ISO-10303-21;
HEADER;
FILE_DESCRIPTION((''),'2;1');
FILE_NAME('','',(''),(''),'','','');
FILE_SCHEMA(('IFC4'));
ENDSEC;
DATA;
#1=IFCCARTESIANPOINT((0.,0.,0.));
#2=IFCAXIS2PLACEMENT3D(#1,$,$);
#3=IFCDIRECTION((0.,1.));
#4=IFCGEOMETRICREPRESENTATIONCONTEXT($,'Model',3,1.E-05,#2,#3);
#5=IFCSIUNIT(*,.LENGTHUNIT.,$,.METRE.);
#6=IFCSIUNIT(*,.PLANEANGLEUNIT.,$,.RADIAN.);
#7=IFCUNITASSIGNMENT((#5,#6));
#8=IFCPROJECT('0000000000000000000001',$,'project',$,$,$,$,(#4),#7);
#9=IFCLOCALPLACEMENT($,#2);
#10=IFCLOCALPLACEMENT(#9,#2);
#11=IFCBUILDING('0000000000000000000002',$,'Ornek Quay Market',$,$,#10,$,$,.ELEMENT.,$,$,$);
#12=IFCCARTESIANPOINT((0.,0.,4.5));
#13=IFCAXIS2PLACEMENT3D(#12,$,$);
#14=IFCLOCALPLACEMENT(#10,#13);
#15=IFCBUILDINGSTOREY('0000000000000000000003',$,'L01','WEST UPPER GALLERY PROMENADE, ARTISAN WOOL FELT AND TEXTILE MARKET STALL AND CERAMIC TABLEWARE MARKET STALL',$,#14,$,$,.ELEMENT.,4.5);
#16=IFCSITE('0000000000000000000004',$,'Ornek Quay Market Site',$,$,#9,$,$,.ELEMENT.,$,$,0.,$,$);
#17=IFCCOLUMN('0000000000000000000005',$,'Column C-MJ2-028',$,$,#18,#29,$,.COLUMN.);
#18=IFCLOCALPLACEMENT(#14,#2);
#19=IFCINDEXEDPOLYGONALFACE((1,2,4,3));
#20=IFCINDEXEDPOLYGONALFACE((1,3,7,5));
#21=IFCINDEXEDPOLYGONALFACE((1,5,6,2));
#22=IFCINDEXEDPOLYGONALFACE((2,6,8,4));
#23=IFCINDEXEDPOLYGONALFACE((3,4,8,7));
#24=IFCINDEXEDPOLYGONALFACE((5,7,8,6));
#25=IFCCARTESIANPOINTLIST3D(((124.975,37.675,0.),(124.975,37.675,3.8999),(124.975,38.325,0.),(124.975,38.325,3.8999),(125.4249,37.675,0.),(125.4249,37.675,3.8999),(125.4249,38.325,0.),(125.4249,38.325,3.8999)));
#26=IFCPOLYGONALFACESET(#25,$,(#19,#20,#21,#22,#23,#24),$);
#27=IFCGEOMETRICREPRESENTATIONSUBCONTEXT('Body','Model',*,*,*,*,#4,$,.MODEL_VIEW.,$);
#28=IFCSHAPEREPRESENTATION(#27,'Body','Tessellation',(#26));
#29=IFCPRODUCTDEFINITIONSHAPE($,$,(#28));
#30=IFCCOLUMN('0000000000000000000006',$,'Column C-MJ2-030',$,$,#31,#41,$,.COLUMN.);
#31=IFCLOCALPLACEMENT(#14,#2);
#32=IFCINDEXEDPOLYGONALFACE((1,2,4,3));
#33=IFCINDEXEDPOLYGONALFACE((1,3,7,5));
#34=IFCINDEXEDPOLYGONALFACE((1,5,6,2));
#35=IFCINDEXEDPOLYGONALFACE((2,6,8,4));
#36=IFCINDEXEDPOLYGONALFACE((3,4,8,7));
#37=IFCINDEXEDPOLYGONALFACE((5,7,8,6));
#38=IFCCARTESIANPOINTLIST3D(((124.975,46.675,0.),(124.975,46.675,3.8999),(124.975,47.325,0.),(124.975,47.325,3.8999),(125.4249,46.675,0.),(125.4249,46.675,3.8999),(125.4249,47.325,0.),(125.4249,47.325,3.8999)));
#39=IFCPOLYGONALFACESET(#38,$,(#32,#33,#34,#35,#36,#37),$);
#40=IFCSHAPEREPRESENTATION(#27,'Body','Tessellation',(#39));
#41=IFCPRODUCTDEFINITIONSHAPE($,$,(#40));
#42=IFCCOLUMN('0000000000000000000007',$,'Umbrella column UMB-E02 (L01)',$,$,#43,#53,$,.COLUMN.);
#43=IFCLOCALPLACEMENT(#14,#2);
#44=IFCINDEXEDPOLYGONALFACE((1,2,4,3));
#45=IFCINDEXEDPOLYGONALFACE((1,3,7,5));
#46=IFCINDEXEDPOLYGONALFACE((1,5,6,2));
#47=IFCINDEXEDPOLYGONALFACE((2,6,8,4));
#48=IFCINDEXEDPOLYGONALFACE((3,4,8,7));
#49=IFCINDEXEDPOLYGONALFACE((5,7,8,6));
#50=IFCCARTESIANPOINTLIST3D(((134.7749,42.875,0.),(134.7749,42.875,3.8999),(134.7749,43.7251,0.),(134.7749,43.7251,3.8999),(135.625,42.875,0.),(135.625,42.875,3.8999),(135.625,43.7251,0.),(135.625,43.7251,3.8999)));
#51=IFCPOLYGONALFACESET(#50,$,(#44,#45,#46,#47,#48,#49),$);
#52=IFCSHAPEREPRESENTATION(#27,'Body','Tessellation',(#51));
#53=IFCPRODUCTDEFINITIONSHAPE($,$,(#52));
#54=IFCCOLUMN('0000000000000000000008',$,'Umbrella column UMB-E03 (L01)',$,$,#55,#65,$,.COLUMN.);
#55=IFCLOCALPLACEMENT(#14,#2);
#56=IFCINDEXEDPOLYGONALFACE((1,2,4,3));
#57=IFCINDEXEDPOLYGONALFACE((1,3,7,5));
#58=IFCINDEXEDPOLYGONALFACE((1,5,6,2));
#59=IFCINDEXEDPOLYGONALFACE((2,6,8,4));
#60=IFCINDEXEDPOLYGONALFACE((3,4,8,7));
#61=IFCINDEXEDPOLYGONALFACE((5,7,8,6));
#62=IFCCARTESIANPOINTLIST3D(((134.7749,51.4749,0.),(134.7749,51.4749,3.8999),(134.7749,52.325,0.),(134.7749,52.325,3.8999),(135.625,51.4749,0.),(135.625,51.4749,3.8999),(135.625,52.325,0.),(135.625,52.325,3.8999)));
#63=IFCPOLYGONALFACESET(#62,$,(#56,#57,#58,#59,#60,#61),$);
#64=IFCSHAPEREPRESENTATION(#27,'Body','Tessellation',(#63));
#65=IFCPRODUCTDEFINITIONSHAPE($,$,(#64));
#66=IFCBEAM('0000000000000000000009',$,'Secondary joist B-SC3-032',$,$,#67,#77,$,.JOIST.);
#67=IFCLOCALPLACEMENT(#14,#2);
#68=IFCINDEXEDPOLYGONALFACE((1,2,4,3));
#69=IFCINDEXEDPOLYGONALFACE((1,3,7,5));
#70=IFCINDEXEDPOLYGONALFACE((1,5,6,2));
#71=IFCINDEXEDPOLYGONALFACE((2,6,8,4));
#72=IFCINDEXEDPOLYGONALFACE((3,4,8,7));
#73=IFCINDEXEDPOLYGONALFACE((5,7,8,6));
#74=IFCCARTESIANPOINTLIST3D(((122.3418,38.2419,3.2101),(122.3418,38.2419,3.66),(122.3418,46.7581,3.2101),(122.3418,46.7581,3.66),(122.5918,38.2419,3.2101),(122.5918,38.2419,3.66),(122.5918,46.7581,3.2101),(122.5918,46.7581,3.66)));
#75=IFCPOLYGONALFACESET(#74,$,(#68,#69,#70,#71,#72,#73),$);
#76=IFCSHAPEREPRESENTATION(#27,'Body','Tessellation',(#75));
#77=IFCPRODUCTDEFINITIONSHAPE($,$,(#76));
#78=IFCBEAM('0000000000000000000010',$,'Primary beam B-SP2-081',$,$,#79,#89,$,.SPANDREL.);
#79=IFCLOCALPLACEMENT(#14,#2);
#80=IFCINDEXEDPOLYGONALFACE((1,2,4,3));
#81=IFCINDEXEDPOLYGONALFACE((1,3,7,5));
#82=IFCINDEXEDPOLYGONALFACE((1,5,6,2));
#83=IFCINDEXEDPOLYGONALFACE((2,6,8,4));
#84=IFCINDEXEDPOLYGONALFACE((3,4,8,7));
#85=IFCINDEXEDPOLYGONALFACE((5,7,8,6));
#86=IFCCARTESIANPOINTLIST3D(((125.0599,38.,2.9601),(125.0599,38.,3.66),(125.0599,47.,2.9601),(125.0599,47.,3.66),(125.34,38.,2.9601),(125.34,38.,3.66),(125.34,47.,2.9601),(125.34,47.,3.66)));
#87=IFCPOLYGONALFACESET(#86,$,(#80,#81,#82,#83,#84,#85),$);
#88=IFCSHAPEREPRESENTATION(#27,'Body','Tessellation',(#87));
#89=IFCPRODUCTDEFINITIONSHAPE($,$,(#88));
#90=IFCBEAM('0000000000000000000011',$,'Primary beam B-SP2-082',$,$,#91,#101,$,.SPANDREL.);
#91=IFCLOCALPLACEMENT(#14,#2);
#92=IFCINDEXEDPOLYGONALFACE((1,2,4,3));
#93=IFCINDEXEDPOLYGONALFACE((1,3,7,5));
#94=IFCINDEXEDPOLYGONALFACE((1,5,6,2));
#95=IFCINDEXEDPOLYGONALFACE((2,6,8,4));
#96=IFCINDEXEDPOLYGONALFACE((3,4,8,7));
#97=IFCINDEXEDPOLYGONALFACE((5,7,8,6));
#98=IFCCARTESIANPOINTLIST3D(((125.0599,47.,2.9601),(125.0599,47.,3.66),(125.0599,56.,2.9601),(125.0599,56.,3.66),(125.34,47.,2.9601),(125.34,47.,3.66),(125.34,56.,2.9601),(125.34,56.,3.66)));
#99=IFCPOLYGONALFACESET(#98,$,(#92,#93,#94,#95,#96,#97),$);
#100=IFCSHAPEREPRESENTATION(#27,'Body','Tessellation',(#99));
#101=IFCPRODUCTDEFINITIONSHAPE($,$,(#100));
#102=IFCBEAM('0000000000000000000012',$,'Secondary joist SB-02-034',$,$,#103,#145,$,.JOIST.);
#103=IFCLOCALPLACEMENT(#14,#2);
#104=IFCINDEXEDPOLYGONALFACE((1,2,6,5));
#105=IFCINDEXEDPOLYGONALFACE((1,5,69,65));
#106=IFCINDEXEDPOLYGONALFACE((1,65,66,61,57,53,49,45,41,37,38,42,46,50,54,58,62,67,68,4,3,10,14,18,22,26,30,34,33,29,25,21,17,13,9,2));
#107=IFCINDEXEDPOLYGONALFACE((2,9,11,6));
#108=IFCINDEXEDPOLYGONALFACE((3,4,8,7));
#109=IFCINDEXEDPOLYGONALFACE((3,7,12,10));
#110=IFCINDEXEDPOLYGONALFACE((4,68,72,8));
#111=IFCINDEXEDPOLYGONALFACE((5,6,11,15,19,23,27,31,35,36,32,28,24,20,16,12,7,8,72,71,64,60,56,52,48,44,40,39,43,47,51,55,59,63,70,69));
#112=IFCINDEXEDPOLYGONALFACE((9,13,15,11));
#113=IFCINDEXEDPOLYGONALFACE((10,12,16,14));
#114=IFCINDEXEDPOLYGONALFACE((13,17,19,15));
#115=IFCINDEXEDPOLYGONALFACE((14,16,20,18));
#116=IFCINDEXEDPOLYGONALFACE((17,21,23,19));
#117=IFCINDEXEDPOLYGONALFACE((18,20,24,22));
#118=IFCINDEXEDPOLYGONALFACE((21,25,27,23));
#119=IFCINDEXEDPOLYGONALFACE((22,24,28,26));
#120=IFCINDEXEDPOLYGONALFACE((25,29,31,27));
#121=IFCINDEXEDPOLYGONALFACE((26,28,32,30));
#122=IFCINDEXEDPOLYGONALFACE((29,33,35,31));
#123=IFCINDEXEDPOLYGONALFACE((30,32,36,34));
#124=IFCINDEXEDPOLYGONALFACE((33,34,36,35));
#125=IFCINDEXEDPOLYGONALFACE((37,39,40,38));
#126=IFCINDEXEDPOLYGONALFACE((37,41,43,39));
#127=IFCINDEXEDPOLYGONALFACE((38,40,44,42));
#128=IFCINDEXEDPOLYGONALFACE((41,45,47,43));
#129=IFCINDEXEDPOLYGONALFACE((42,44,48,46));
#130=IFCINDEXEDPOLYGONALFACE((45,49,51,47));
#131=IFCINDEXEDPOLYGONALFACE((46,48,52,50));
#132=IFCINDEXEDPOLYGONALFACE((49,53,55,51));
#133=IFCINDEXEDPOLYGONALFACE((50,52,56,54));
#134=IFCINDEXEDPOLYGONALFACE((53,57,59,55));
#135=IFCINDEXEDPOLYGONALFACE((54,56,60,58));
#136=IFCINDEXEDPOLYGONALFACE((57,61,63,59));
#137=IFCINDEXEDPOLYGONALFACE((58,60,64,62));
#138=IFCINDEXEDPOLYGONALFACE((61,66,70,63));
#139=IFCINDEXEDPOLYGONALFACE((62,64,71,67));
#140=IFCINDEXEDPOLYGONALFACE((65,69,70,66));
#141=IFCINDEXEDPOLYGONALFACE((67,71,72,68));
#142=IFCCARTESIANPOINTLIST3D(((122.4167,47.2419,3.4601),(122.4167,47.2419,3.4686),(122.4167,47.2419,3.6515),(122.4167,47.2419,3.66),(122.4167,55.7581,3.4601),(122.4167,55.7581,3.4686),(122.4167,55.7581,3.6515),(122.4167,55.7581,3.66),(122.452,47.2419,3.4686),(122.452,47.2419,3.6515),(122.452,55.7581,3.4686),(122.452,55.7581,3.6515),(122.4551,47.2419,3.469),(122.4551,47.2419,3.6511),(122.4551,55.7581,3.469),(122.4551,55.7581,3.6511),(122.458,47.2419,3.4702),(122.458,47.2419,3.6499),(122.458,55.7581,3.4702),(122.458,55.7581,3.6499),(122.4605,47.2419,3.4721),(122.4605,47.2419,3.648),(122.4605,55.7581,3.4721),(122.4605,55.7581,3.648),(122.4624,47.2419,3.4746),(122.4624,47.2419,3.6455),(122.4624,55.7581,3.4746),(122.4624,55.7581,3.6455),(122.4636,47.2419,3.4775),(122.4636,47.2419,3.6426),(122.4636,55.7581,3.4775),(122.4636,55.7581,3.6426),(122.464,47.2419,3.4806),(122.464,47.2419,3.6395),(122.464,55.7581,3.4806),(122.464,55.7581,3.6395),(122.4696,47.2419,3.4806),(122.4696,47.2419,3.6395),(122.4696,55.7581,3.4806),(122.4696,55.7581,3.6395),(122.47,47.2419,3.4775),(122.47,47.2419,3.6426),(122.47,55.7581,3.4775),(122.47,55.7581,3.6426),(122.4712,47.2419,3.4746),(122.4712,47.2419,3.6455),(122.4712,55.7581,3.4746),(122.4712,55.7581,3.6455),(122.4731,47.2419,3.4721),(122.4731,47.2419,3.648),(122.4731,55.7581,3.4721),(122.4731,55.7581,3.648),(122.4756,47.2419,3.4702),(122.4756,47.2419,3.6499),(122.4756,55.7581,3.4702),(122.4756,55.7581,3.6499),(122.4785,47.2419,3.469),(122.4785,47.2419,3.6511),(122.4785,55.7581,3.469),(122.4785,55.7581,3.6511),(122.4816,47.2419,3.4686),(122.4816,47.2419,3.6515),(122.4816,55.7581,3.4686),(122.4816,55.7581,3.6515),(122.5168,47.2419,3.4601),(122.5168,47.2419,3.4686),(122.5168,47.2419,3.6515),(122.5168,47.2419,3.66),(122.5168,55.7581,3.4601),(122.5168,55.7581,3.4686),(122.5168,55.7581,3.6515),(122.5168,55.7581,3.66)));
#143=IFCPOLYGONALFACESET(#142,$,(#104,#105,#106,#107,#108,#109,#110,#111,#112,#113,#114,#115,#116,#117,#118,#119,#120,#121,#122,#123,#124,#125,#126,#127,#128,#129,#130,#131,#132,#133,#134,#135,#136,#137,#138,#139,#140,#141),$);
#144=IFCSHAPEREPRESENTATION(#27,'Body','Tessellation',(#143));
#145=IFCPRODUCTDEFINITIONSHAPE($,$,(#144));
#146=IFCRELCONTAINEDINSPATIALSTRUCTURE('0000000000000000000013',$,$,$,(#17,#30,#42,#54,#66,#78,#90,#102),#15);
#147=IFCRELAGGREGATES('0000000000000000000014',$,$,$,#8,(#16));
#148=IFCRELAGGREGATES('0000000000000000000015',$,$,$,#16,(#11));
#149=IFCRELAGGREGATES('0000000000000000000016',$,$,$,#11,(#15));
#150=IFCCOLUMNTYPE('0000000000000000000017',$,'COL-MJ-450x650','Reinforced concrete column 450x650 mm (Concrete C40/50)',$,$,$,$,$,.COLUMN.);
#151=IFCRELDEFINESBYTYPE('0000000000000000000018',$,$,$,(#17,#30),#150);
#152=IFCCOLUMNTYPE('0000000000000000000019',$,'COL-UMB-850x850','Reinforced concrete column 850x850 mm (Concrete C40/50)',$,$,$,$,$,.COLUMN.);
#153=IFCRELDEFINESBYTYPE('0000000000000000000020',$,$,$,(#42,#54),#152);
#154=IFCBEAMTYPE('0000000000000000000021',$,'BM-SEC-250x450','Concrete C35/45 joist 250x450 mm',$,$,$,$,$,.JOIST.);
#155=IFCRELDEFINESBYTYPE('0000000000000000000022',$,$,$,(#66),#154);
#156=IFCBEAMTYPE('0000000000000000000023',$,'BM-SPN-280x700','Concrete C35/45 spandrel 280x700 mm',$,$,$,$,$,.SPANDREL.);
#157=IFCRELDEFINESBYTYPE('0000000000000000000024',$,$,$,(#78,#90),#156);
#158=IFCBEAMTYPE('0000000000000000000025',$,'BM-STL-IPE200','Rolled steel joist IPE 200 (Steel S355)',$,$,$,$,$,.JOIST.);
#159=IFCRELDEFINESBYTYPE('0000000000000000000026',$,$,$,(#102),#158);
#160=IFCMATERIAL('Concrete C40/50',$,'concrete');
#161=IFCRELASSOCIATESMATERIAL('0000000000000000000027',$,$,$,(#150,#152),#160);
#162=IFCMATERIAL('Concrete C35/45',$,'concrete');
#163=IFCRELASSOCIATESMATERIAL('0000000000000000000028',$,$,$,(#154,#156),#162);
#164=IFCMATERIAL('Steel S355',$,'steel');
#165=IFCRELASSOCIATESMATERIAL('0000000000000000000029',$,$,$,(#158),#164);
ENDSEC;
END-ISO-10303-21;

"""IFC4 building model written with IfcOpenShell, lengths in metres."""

from ifc_helpers import new_model, si_unit, direction, frame, origin, origin_2d, place, context, subcontext, project, spatial, rectangle, i_section, extrude, material, material_profile, profile_set, type_object, element, save


model = new_model("IFC4")

# Units and contexts
model_context = context("Model", 3, precision=1e-05, world=origin(), true_north=direction((0.0, 1.0)))
body_context = subcontext(model_context, "Body", "Model", "MODEL_VIEW")
ifc_project = project(units=[si_unit("LENGTHUNIT", "METRE"), si_unit("PLANEANGLEUNIT", "RADIAN")], contexts=[model_context])

# Site, building, storey
site_placement = place(None, origin())
site = spatial("IfcSite", under=ifc_project, at=site_placement, Name="Ornek Quay Market Site", CompositionType="ELEMENT", RefElevation=0.0)
building_placement = place(site_placement, origin())
building = spatial("IfcBuilding", under=site, at=building_placement, Name="Ornek Quay Market", CompositionType="ELEMENT")
storey_placement = place(building_placement, frame((0.0, 0.0, 4.5)))
storey = spatial("IfcBuildingStorey", under=building, at=storey_placement, Name="L01", Description="WEST UPPER GALLERY PROMENADE, ARTISAN WOOL FELT AND TEXTILE MARKET STALL AND CERAMIC TABLEWARE MARKET STALL", CompositionType="ELEMENT", Elevation=4.5)

# Columns
ifc_material_1 = material(Name="Concrete C40/50", Category="concrete")
ifc_material_profile_1 = material_profile(ifc_material_1, rectangle(XDim=0.45, YDim=0.6499, at=origin_2d()), Name="RC 450x650", Category="concrete")
ifc_profile_set_1 = profile_set([ifc_material_profile_1], Name="Concrete C40/50")
column_type_1 = type_object("IfcColumnType", Name="COL-MJ-450x650", Description="Reinforced concrete column 450x650 mm (Concrete C40/50)", PredefinedType="COLUMN", material=ifc_profile_set_1)
for number, where, z_axis, x_axis, name in (
    (1, (125.2, 38.0, 0.0), (0.0, 0.0, 1.0), (1.0, 0.0, 0.0), "Column C-MJ2-028"),
    (2, (125.2, 47.0, 0.0), (0.0, 0.0, 1.0), (1.0, 0.0, 0.0), "Column C-MJ2-030"),
):
    element("IfcColumn", number, at=place(storey_placement, frame(where, z_axis=z_axis, x_axis=x_axis)), inside=storey, type_object=column_type_1, Name=name, PredefinedType="COLUMN", context=body_context, shape_type="SweptSolid", body=[
        extrude(rectangle(XDim=0.45, YDim=0.6499, at=origin_2d()), origin(), (0.0, 0.0, 1.0), 3.8999),
    ])
ifc_material_profile_2 = material_profile(ifc_material_1, rectangle(XDim=0.8501, YDim=0.8501, at=origin_2d()), Name="RC 850x850", Category="concrete")
ifc_profile_set_2 = profile_set([ifc_material_profile_2], Name="Concrete C40/50")
column_type_2 = type_object("IfcColumnType", Name="COL-UMB-850x850", Description="Reinforced concrete column 850x850 mm (Concrete C40/50)", PredefinedType="COLUMN", material=ifc_profile_set_2)
for number, where, z_axis, x_axis, name in (
    (3, (135.2, 43.3, 0.0), (0.0, 0.0, 1.0), (1.0, 0.0, 0.0), "Umbrella column UMB-E02 (L01)"),
    (4, (135.2, 51.8999, 0.0), (0.0, 0.0, 1.0), (1.0, 0.0, 0.0), "Umbrella column UMB-E03 (L01)"),
):
    element("IfcColumn", number, at=place(storey_placement, frame(where, z_axis=z_axis, x_axis=x_axis)), inside=storey, type_object=column_type_2, Name=name, PredefinedType="COLUMN", context=body_context, shape_type="SweptSolid", body=[
        extrude(rectangle(XDim=0.8501, YDim=0.8501, at=origin_2d()), origin(), (0.0, 0.0, 1.0), 3.8999),
    ])

# Beams
ifc_material_2 = material(Name="Concrete C35/45", Category="concrete")
ifc_material_profile_3 = material_profile(ifc_material_2, rectangle(XDim=0.25, YDim=0.45, at=origin_2d()), Name="RC 250x450", Category="concrete")
ifc_profile_set_3 = profile_set([ifc_material_profile_3], Name="Concrete C35/45")
beam_type_1 = type_object("IfcBeamType", Name="BM-SEC-250x450", Description="Concrete C35/45 joist 250x450 mm", PredefinedType="JOIST", material=ifc_profile_set_3)
beam_1_placement = place(storey_placement, frame((122.4668, 38.2419, 3.4351), z_axis=(0.0, 1.0, 0.0), x_axis=(-1.0, 0.0, 0.0)))
element("IfcBeam", 5, at=beam_1_placement, inside=storey, type_object=beam_type_1, Name="Secondary joist B-SC3-032", PredefinedType="JOIST", context=body_context, shape_type="SweptSolid", body=[
    extrude(rectangle(XDim=0.25, YDim=0.45, at=origin_2d()), origin(), (0.0, 0.0, 1.0), 8.5161),
])
ifc_material_profile_4 = material_profile(ifc_material_2, rectangle(XDim=0.28, YDim=0.7, at=origin_2d()), Name="RC 280x700", Category="concrete")
ifc_profile_set_4 = profile_set([ifc_material_profile_4], Name="Concrete C35/45")
beam_type_2 = type_object("IfcBeamType", Name="BM-SPN-280x700", Description="Concrete C35/45 spandrel 280x700 mm", PredefinedType="SPANDREL", material=ifc_profile_set_4)
for number, where, z_axis, x_axis, name in (
    (6, (125.2, 38.0, 3.3101), (0.0, 1.0, 0.0), (-1.0, 0.0, 0.0), "Primary beam B-SP2-081"),
    (7, (125.2, 47.0, 3.3101), (0.0, 1.0, 0.0), (-1.0, 0.0, 0.0), "Primary beam B-SP2-082"),
):
    element("IfcBeam", number, at=place(storey_placement, frame(where, z_axis=z_axis, x_axis=x_axis)), inside=storey, type_object=beam_type_2, Name=name, PredefinedType="SPANDREL", context=body_context, shape_type="SweptSolid", body=[
        extrude(rectangle(XDim=0.28, YDim=0.7, at=origin_2d()), origin(), (0.0, 0.0, 1.0), 9.0),
    ])
ifc_material_3 = material(Name="Steel S355", Category="steel")
ifc_material_profile_5 = material_profile(ifc_material_3, i_section(OverallWidth=0.1001, OverallDepth=0.2, WebThickness=0.0056, FlangeThickness=0.0085, FilletRadius=0.012, at=origin_2d()), Name="IPE 200", Category="steel")
ifc_profile_set_5 = profile_set([ifc_material_profile_5], Name="Steel S355")
beam_type_3 = type_object("IfcBeamType", Name="BM-STL-IPE200", Description="Rolled steel joist IPE 200 (Steel S355)", PredefinedType="JOIST", material=ifc_profile_set_5)
beam_2_placement = place(storey_placement, frame((122.4668, 47.2419, 3.5601), z_axis=(0.0, 1.0, 0.0), x_axis=(-1.0, 0.0, 0.0)))
element("IfcBeam", 8, at=beam_2_placement, inside=storey, type_object=beam_type_3, Name="Secondary joist SB-02-034", PredefinedType="JOIST", context=body_context, shape_type="SweptSolid", body=[
    extrude(i_section(OverallWidth=0.1001, OverallDepth=0.2, WebThickness=0.0056, FlangeThickness=0.0085, FilletRadius=0.012, at=origin_2d()), origin(), (0.0, 0.0, 1.0), 8.5161),
])

save(model, "model.ifc")
